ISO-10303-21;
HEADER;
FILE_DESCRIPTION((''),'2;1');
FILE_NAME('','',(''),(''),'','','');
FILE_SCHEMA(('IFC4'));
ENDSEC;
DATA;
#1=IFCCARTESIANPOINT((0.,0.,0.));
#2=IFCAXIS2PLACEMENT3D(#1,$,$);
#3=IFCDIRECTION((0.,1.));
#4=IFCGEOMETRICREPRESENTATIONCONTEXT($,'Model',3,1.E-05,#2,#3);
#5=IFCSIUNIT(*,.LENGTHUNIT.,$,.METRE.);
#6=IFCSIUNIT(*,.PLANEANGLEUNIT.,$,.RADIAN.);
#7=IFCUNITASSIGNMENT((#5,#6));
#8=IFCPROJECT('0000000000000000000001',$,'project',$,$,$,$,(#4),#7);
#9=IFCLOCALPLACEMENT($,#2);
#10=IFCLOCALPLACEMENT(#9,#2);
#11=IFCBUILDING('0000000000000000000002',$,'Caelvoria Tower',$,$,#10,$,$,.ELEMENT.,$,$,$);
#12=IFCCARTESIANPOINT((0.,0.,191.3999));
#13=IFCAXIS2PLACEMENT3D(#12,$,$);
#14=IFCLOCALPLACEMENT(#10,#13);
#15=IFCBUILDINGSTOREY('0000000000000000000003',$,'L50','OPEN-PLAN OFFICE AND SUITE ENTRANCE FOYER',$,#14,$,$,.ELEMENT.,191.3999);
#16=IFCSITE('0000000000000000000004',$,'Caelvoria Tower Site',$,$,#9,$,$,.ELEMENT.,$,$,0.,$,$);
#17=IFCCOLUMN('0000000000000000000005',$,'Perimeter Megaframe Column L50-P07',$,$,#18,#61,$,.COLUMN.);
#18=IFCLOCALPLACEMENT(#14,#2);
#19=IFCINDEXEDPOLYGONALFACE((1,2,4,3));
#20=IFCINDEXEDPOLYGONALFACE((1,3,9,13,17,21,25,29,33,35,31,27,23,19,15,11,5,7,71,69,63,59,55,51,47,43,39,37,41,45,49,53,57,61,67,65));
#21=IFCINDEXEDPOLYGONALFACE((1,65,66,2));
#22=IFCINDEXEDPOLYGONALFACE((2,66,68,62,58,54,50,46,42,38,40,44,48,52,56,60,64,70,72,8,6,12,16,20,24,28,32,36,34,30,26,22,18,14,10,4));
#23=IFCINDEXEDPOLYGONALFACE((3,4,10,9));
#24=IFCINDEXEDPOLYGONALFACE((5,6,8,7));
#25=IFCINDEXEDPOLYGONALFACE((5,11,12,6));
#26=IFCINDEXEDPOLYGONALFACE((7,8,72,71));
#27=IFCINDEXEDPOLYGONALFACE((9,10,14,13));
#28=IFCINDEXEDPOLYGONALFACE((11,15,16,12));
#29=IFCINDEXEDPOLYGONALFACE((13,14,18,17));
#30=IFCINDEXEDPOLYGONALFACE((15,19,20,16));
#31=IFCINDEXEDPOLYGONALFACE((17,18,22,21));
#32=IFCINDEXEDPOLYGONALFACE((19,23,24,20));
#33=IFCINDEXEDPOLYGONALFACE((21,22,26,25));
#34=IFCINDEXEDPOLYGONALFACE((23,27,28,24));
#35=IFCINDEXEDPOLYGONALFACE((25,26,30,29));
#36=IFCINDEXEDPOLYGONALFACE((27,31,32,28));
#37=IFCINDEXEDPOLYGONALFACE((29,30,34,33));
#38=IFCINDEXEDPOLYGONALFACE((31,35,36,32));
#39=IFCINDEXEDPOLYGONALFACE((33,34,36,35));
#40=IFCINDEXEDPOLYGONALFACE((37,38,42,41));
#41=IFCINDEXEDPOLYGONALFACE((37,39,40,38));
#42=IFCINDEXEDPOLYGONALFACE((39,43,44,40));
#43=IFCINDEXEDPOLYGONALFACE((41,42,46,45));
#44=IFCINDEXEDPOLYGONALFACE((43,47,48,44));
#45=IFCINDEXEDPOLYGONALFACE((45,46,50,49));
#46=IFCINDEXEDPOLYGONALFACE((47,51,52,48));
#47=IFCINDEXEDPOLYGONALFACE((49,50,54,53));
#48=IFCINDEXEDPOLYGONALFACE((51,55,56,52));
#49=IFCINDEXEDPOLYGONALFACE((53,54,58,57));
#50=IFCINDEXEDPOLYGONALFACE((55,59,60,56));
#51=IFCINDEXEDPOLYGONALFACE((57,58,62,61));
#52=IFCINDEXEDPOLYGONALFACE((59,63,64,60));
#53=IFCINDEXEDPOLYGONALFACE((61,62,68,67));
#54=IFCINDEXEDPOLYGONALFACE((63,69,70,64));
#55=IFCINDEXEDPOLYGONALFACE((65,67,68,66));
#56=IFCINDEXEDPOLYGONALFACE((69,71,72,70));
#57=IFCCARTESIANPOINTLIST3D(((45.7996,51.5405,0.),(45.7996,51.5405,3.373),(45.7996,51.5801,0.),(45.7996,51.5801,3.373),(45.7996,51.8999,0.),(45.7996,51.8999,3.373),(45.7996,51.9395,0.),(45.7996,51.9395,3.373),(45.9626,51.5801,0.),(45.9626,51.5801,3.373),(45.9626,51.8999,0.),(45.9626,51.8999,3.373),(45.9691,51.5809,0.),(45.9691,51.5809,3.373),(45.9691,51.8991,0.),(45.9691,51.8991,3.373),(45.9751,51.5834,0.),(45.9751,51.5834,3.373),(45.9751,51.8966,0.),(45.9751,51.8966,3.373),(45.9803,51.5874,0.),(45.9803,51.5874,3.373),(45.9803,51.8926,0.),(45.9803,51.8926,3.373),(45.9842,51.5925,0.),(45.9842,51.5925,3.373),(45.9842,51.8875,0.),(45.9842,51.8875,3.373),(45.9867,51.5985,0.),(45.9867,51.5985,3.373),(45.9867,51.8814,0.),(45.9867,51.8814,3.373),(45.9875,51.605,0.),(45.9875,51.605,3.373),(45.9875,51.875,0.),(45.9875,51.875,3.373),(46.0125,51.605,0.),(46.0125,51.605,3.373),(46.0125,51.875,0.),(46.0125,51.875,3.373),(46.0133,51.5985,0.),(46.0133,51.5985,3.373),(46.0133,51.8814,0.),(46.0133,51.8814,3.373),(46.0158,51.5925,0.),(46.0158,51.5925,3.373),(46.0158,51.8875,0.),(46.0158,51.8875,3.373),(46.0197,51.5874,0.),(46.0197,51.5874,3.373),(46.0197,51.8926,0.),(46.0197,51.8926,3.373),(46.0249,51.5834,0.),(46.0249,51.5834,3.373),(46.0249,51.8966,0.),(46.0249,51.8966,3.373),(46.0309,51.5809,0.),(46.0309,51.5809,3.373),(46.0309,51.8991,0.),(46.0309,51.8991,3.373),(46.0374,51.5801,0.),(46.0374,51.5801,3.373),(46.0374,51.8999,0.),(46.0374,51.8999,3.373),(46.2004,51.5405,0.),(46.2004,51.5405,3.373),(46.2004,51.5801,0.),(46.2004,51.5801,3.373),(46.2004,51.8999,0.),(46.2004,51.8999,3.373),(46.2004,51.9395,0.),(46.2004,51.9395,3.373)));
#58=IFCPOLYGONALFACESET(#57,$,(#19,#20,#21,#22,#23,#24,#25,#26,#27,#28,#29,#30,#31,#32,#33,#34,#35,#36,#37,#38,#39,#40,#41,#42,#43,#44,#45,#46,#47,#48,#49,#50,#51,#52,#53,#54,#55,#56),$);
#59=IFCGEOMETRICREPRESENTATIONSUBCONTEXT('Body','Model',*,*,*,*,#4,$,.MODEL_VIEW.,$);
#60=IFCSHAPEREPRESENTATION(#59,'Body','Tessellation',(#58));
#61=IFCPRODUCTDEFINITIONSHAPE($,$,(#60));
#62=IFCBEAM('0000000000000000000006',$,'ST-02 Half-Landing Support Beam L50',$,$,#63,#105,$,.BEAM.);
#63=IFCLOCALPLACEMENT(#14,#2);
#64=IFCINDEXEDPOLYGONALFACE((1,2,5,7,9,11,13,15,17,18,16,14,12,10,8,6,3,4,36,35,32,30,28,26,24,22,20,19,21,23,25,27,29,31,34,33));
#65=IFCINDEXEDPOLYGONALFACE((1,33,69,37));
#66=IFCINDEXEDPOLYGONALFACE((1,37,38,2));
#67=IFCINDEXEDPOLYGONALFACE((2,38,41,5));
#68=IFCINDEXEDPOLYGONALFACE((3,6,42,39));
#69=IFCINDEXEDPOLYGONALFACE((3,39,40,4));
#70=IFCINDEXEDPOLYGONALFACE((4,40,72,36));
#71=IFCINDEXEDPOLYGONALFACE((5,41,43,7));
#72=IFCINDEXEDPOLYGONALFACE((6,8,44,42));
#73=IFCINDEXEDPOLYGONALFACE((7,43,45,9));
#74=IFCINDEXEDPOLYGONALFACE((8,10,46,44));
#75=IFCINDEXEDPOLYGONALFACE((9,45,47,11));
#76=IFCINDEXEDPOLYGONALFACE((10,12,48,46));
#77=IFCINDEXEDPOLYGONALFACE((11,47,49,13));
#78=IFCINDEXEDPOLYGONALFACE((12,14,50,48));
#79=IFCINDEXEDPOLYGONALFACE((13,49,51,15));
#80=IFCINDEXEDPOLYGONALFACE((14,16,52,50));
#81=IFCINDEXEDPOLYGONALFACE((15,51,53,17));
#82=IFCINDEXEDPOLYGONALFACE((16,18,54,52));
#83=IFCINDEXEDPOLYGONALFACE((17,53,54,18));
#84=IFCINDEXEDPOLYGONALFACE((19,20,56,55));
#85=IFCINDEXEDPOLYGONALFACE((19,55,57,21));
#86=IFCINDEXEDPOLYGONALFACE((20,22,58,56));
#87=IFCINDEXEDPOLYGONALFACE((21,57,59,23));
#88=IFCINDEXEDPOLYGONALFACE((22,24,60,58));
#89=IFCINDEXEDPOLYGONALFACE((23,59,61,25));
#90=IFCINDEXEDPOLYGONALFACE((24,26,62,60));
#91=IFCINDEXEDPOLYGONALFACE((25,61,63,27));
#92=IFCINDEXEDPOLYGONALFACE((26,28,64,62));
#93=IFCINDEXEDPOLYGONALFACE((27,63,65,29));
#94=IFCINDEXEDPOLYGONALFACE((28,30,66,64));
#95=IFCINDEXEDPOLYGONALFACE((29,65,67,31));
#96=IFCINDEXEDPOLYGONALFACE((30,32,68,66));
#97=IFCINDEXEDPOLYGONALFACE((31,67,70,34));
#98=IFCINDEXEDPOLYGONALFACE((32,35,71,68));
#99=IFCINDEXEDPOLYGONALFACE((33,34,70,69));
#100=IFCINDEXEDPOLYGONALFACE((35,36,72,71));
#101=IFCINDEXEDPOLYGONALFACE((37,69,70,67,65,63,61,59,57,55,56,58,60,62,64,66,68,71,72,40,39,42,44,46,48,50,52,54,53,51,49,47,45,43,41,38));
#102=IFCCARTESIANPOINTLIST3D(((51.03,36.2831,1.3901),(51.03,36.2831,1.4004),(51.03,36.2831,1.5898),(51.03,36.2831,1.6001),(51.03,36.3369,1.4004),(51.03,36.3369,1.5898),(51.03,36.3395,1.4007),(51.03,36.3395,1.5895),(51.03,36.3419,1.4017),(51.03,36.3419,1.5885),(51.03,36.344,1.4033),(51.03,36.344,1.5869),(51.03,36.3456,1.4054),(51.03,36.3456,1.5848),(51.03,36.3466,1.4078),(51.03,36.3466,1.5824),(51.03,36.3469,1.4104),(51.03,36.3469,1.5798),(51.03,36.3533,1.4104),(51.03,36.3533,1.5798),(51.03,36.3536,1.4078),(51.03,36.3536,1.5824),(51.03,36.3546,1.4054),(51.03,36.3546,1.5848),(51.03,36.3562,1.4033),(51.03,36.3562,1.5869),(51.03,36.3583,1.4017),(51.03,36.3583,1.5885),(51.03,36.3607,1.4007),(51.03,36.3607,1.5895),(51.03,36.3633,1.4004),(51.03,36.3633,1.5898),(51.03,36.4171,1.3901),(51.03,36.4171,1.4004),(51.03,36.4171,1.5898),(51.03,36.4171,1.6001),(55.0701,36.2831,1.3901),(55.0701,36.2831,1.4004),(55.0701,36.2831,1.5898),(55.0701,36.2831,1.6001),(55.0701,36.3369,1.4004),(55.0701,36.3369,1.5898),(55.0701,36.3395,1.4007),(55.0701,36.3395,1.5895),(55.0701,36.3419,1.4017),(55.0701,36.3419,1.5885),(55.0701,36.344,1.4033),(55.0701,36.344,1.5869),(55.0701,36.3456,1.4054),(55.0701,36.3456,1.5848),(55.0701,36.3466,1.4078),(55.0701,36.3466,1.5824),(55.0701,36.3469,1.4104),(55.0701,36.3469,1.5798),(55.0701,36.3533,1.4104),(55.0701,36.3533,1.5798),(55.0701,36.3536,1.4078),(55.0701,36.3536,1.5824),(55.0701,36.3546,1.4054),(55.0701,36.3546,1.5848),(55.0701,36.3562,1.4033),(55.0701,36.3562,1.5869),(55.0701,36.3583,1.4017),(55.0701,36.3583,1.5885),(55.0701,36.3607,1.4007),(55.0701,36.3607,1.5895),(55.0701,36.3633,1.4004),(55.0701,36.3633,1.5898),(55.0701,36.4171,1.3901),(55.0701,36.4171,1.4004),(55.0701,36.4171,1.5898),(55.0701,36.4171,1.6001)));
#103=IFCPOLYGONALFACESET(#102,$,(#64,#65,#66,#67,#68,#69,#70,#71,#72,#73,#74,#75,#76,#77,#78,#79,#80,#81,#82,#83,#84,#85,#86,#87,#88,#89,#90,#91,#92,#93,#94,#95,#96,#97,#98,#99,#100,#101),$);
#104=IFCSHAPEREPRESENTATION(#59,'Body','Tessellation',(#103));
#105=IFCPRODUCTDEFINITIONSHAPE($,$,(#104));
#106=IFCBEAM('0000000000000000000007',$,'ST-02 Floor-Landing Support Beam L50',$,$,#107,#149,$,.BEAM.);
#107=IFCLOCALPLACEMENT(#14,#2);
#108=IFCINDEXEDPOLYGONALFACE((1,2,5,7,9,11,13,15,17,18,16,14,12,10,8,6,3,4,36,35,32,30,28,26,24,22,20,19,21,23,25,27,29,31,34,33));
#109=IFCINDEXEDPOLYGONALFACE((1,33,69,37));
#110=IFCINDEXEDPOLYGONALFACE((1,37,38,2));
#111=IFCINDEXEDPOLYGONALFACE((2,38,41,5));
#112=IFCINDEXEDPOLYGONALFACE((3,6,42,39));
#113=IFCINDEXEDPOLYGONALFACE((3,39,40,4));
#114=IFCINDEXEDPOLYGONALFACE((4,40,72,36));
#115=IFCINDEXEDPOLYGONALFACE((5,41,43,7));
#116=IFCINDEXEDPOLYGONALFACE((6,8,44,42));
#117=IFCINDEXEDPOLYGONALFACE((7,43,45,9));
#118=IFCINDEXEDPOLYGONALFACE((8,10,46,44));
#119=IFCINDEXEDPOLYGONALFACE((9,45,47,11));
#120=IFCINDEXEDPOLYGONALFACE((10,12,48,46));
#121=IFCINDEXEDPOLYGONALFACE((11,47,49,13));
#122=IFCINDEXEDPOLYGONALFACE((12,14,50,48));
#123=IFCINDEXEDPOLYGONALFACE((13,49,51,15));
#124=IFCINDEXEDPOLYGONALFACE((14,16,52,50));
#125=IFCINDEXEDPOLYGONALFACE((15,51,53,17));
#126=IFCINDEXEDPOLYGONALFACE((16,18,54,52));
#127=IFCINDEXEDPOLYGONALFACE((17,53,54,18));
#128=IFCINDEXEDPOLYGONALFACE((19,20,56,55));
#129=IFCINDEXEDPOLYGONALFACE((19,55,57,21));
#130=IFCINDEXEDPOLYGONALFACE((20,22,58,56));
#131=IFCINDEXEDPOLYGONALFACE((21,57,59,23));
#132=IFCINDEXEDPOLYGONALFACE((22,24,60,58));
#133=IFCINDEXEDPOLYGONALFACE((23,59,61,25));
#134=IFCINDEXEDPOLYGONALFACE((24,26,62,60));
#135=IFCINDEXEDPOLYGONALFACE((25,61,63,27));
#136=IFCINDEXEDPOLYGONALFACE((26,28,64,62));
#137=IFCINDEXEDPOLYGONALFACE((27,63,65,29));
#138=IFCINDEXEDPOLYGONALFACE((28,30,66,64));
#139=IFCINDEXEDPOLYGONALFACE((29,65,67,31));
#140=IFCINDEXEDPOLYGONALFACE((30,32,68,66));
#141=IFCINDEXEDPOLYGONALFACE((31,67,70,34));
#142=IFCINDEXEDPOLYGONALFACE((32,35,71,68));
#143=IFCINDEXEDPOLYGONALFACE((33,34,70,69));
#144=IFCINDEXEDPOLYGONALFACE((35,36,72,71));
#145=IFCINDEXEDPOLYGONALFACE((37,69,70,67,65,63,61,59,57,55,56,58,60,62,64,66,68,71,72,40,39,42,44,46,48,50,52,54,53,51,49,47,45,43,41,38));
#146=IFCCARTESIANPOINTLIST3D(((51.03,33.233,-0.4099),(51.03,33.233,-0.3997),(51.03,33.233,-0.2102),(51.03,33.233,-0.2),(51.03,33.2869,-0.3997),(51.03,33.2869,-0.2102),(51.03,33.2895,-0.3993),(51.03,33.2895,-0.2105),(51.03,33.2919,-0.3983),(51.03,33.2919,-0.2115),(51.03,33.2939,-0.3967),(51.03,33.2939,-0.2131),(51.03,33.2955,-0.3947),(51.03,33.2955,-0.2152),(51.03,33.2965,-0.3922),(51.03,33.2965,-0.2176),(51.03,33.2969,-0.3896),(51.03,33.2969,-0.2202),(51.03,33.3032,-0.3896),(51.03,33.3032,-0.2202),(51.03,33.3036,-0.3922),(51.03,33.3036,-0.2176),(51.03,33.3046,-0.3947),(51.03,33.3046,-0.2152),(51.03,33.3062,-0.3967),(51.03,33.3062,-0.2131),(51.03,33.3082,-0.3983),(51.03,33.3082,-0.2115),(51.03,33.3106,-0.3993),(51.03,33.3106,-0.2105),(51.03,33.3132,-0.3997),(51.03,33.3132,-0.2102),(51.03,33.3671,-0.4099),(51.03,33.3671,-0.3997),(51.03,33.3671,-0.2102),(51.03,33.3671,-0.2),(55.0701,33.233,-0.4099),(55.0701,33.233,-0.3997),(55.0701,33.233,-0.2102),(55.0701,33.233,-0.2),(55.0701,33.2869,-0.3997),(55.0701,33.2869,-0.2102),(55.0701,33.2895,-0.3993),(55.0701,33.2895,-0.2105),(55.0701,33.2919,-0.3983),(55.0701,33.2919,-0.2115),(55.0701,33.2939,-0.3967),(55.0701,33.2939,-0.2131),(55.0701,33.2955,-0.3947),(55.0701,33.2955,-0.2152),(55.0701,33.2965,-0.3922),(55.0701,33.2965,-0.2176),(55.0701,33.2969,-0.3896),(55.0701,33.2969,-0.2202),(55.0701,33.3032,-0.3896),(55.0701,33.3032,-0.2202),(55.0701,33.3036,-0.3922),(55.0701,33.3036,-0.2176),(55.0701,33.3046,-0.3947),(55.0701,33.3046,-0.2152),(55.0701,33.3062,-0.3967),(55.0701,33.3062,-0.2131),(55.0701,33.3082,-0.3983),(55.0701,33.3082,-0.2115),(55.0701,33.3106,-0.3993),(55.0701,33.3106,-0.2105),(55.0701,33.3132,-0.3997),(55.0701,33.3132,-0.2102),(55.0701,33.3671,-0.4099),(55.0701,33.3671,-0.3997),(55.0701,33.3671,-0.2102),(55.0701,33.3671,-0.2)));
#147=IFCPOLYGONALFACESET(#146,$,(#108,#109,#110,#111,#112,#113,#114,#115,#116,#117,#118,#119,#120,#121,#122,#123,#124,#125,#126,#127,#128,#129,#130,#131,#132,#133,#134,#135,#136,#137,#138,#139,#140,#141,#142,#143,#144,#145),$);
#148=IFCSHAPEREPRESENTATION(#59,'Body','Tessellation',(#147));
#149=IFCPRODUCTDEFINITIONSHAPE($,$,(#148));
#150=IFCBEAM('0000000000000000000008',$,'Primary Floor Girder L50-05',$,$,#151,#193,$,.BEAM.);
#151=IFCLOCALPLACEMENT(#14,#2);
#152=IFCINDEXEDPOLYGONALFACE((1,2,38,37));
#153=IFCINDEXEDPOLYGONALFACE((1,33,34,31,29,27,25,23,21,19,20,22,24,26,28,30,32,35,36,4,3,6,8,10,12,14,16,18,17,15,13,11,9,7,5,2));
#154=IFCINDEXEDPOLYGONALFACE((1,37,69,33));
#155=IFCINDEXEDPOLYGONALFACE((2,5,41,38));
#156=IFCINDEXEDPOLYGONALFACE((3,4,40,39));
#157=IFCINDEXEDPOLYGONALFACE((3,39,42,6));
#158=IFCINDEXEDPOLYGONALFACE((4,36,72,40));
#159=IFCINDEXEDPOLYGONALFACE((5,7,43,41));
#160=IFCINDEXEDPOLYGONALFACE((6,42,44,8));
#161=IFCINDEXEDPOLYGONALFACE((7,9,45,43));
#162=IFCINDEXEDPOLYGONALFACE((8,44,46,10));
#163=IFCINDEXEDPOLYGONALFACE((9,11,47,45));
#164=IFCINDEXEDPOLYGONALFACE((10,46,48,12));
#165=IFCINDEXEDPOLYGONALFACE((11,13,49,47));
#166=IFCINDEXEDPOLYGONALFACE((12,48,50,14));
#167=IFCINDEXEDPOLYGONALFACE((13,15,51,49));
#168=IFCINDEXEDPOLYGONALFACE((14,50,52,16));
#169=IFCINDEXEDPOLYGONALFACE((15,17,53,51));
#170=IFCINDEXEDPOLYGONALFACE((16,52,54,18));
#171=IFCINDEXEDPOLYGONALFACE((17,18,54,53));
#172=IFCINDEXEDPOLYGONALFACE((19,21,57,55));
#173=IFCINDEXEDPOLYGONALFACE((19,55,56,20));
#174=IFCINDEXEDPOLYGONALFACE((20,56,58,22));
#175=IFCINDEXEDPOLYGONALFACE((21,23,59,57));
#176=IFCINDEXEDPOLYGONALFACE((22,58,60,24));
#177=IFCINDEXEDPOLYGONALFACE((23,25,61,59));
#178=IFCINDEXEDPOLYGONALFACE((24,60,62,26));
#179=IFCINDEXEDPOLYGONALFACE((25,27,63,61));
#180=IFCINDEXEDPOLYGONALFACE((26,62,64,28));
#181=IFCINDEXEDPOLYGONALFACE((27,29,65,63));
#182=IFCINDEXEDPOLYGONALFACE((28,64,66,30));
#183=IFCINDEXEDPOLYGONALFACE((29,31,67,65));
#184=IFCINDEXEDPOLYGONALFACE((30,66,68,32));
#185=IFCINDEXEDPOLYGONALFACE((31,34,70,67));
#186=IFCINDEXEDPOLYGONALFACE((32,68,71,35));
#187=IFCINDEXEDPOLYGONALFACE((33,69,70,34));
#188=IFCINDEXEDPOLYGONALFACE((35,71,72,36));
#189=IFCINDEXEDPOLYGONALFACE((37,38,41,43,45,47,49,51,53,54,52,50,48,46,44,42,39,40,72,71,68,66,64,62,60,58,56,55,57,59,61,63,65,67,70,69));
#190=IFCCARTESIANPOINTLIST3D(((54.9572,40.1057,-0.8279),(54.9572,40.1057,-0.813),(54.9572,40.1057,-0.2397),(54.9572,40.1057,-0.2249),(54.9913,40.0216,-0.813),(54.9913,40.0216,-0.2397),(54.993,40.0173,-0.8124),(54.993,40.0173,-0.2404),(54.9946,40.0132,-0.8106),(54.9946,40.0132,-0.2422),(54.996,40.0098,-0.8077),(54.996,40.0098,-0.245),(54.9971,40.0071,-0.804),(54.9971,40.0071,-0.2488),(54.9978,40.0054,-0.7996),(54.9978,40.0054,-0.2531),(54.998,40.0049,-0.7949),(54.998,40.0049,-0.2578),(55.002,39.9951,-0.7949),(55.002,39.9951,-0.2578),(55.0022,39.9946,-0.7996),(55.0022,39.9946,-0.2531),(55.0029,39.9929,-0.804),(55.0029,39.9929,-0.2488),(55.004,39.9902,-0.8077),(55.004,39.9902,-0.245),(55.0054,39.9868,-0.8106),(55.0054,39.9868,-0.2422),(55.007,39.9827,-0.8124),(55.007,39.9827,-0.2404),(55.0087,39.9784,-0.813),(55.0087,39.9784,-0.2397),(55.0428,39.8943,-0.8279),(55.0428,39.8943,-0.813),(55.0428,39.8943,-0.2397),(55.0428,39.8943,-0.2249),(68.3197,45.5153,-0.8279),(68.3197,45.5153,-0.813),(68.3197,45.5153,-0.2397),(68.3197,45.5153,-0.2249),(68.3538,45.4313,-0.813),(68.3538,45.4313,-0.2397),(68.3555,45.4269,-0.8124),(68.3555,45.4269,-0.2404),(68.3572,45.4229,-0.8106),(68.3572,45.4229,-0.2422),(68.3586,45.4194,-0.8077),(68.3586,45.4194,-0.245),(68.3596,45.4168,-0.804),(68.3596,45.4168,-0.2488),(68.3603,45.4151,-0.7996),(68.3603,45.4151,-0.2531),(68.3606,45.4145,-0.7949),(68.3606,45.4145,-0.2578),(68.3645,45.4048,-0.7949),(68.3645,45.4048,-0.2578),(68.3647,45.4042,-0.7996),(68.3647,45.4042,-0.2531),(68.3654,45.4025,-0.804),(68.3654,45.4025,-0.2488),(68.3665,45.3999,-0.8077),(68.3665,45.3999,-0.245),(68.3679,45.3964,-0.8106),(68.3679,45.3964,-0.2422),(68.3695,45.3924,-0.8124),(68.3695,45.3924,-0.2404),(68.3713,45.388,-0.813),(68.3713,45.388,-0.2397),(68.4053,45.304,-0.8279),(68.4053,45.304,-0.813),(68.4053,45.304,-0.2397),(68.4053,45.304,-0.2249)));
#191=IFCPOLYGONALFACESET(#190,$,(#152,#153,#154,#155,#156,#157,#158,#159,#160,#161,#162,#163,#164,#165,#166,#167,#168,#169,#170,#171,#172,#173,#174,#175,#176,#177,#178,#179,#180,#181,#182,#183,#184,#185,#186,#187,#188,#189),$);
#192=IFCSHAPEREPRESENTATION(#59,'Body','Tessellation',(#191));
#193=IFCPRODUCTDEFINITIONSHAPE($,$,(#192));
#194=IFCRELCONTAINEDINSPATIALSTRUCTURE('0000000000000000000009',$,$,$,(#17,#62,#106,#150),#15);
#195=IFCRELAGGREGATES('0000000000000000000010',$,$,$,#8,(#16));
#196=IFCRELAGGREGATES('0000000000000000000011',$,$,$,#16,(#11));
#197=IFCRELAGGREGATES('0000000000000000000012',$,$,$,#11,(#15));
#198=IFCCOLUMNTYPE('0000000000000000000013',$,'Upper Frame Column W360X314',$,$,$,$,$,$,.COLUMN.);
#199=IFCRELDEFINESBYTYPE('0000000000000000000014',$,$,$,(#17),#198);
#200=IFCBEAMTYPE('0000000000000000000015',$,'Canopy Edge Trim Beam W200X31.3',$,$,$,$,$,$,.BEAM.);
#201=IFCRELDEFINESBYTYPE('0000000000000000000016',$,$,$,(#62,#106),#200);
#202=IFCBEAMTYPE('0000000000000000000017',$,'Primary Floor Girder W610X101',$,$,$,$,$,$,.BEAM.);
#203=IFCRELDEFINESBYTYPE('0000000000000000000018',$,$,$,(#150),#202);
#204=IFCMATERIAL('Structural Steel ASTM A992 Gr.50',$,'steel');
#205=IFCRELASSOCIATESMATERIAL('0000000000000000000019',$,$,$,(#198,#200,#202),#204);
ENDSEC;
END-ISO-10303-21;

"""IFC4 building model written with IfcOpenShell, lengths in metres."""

from ifc_helpers import new_model, si_unit, direction, frame, origin, origin_2d, place, context, subcontext, project, spatial, i_section, extrude, material, material_profile, profile_set, type_object, element, save


model = new_model("IFC4")

# Units and contexts
model_context = context("Model", 3, precision=1e-05, world=origin(), true_north=direction((0.0, 1.0)))
body_context = subcontext(model_context, "Body", "Model", "MODEL_VIEW")
ifc_project = project(units=[si_unit("LENGTHUNIT", "METRE"), si_unit("PLANEANGLEUNIT", "RADIAN")], contexts=[model_context])

# Site, building, storey
site_placement = place(None, origin())
site = spatial("IfcSite", under=ifc_project, at=site_placement, Name="Caelvoria Tower Site", CompositionType="ELEMENT", RefElevation=0.0)
building_placement = place(site_placement, origin())
building = spatial("IfcBuilding", under=site, at=building_placement, Name="Caelvoria Tower", CompositionType="ELEMENT")
storey_placement = place(building_placement, frame((0.0, 0.0, 191.3999)))
storey = spatial("IfcBuildingStorey", under=building, at=storey_placement, Name="L50", Description="OPEN-PLAN OFFICE AND SUITE ENTRANCE FOYER", CompositionType="ELEMENT", Elevation=191.3999)

# Column
ifc_material_1 = material(Name="Structural Steel ASTM A992 Gr.50", Category="steel")
ifc_material_profile_1 = material_profile(ifc_material_1, i_section(OverallWidth=0.4009, OverallDepth=0.3989, WebThickness=0.0249, FlangeThickness=0.0396, FilletRadius=0.0249, at=origin_2d()), Name="Structural Steel ASTM A992 Gr.50")
ifc_profile_set_1 = profile_set([ifc_material_profile_1], Name="W360X314 - Structural Steel ASTM A992 Gr.50")
column_type = type_object("IfcColumnType", Name="Upper Frame Column W360X314", PredefinedType="COLUMN", material=ifc_profile_set_1)
column_placement = place(storey_placement, frame((46.0, 51.74, 0.0), z_axis=(0.0, 0.0, 1.0), x_axis=(1.0, 0.0, 0.0)))
element("IfcColumn", 1, at=column_placement, inside=storey, type_object=column_type, Name="Perimeter Megaframe Column L50-P07", PredefinedType="COLUMN", context=body_context, shape_type="SweptSolid", body=[
    extrude(i_section(OverallWidth=0.4009, OverallDepth=0.3989, WebThickness=0.0249, FlangeThickness=0.0396, FilletRadius=0.0249, at=origin_2d()), origin(), (0.0, 0.0, 1.0), 3.373),
])

# Beams
ifc_material_profile_2 = material_profile(ifc_material_1, i_section(OverallWidth=0.134, OverallDepth=0.21, WebThickness=0.0063, FlangeThickness=0.0103, FilletRadius=0.01, at=origin_2d()), Name="Structural Steel ASTM A992 Gr.50")
ifc_profile_set_2 = profile_set([ifc_material_profile_2], Name="W200X31.3 - Structural Steel ASTM A992 Gr.50")
beam_type_1 = type_object("IfcBeamType", Name="Canopy Edge Trim Beam W200X31.3", PredefinedType="BEAM", material=ifc_profile_set_2)
for number, where, z_axis, x_axis, name in (
    (2, (51.03, 36.3501, 1.4951), (1.0, 0.0, 0.0), (0.0, 1.0, 0.0), "ST-02 Half-Landing Support Beam L50"),
    (3, (51.03, 33.3, -0.3049), (1.0, 0.0, 0.0), (0.0, 1.0, 0.0), "ST-02 Floor-Landing Support Beam L50"),
):
    element("IfcBeam", number, at=place(storey_placement, frame(where, z_axis=z_axis, x_axis=x_axis)), inside=storey, type_object=beam_type_1, Name=name, PredefinedType="BEAM", context=body_context, shape_type="SweptSolid", body=[
        extrude(i_section(OverallWidth=0.134, OverallDepth=0.21, WebThickness=0.0063, FlangeThickness=0.0103, FilletRadius=0.01, at=origin_2d()), origin(), (0.0, 0.0, 1.0), 4.04),
    ])
ifc_material_profile_3 = material_profile(ifc_material_1, i_section(OverallWidth=0.228, OverallDepth=0.603, WebThickness=0.0105, FlangeThickness=0.0149, FilletRadius=0.0181, at=origin_2d()), Name="Structural Steel ASTM A992 Gr.50")
ifc_profile_set_3 = profile_set([ifc_material_profile_3], Name="W610X101 - Structural Steel ASTM A992 Gr.50")
beam_type_2 = type_object("IfcBeamType", Name="Primary Floor Girder W610X101", PredefinedType="BEAM", material=ifc_profile_set_3)
beam_1_placement = place(storey_placement, frame((55.0, 40.0, -0.5264), z_axis=(0.926922, 0.375253, 0.0), x_axis=(-0.375253, 0.926922, 0.0)))
element("IfcBeam", 4, at=beam_1_placement, inside=storey, type_object=beam_type_2, Name="Primary Floor Girder L50-05", PredefinedType="BEAM", context=body_context, shape_type="SweptSolid", body=[
    extrude(i_section(OverallWidth=0.228, OverallDepth=0.603, WebThickness=0.0105, FlangeThickness=0.0149, FilletRadius=0.0181, at=origin_2d()), origin(), (0.0, 0.0, 1.0), 14.416),
])

save(model, "model.ifc")
